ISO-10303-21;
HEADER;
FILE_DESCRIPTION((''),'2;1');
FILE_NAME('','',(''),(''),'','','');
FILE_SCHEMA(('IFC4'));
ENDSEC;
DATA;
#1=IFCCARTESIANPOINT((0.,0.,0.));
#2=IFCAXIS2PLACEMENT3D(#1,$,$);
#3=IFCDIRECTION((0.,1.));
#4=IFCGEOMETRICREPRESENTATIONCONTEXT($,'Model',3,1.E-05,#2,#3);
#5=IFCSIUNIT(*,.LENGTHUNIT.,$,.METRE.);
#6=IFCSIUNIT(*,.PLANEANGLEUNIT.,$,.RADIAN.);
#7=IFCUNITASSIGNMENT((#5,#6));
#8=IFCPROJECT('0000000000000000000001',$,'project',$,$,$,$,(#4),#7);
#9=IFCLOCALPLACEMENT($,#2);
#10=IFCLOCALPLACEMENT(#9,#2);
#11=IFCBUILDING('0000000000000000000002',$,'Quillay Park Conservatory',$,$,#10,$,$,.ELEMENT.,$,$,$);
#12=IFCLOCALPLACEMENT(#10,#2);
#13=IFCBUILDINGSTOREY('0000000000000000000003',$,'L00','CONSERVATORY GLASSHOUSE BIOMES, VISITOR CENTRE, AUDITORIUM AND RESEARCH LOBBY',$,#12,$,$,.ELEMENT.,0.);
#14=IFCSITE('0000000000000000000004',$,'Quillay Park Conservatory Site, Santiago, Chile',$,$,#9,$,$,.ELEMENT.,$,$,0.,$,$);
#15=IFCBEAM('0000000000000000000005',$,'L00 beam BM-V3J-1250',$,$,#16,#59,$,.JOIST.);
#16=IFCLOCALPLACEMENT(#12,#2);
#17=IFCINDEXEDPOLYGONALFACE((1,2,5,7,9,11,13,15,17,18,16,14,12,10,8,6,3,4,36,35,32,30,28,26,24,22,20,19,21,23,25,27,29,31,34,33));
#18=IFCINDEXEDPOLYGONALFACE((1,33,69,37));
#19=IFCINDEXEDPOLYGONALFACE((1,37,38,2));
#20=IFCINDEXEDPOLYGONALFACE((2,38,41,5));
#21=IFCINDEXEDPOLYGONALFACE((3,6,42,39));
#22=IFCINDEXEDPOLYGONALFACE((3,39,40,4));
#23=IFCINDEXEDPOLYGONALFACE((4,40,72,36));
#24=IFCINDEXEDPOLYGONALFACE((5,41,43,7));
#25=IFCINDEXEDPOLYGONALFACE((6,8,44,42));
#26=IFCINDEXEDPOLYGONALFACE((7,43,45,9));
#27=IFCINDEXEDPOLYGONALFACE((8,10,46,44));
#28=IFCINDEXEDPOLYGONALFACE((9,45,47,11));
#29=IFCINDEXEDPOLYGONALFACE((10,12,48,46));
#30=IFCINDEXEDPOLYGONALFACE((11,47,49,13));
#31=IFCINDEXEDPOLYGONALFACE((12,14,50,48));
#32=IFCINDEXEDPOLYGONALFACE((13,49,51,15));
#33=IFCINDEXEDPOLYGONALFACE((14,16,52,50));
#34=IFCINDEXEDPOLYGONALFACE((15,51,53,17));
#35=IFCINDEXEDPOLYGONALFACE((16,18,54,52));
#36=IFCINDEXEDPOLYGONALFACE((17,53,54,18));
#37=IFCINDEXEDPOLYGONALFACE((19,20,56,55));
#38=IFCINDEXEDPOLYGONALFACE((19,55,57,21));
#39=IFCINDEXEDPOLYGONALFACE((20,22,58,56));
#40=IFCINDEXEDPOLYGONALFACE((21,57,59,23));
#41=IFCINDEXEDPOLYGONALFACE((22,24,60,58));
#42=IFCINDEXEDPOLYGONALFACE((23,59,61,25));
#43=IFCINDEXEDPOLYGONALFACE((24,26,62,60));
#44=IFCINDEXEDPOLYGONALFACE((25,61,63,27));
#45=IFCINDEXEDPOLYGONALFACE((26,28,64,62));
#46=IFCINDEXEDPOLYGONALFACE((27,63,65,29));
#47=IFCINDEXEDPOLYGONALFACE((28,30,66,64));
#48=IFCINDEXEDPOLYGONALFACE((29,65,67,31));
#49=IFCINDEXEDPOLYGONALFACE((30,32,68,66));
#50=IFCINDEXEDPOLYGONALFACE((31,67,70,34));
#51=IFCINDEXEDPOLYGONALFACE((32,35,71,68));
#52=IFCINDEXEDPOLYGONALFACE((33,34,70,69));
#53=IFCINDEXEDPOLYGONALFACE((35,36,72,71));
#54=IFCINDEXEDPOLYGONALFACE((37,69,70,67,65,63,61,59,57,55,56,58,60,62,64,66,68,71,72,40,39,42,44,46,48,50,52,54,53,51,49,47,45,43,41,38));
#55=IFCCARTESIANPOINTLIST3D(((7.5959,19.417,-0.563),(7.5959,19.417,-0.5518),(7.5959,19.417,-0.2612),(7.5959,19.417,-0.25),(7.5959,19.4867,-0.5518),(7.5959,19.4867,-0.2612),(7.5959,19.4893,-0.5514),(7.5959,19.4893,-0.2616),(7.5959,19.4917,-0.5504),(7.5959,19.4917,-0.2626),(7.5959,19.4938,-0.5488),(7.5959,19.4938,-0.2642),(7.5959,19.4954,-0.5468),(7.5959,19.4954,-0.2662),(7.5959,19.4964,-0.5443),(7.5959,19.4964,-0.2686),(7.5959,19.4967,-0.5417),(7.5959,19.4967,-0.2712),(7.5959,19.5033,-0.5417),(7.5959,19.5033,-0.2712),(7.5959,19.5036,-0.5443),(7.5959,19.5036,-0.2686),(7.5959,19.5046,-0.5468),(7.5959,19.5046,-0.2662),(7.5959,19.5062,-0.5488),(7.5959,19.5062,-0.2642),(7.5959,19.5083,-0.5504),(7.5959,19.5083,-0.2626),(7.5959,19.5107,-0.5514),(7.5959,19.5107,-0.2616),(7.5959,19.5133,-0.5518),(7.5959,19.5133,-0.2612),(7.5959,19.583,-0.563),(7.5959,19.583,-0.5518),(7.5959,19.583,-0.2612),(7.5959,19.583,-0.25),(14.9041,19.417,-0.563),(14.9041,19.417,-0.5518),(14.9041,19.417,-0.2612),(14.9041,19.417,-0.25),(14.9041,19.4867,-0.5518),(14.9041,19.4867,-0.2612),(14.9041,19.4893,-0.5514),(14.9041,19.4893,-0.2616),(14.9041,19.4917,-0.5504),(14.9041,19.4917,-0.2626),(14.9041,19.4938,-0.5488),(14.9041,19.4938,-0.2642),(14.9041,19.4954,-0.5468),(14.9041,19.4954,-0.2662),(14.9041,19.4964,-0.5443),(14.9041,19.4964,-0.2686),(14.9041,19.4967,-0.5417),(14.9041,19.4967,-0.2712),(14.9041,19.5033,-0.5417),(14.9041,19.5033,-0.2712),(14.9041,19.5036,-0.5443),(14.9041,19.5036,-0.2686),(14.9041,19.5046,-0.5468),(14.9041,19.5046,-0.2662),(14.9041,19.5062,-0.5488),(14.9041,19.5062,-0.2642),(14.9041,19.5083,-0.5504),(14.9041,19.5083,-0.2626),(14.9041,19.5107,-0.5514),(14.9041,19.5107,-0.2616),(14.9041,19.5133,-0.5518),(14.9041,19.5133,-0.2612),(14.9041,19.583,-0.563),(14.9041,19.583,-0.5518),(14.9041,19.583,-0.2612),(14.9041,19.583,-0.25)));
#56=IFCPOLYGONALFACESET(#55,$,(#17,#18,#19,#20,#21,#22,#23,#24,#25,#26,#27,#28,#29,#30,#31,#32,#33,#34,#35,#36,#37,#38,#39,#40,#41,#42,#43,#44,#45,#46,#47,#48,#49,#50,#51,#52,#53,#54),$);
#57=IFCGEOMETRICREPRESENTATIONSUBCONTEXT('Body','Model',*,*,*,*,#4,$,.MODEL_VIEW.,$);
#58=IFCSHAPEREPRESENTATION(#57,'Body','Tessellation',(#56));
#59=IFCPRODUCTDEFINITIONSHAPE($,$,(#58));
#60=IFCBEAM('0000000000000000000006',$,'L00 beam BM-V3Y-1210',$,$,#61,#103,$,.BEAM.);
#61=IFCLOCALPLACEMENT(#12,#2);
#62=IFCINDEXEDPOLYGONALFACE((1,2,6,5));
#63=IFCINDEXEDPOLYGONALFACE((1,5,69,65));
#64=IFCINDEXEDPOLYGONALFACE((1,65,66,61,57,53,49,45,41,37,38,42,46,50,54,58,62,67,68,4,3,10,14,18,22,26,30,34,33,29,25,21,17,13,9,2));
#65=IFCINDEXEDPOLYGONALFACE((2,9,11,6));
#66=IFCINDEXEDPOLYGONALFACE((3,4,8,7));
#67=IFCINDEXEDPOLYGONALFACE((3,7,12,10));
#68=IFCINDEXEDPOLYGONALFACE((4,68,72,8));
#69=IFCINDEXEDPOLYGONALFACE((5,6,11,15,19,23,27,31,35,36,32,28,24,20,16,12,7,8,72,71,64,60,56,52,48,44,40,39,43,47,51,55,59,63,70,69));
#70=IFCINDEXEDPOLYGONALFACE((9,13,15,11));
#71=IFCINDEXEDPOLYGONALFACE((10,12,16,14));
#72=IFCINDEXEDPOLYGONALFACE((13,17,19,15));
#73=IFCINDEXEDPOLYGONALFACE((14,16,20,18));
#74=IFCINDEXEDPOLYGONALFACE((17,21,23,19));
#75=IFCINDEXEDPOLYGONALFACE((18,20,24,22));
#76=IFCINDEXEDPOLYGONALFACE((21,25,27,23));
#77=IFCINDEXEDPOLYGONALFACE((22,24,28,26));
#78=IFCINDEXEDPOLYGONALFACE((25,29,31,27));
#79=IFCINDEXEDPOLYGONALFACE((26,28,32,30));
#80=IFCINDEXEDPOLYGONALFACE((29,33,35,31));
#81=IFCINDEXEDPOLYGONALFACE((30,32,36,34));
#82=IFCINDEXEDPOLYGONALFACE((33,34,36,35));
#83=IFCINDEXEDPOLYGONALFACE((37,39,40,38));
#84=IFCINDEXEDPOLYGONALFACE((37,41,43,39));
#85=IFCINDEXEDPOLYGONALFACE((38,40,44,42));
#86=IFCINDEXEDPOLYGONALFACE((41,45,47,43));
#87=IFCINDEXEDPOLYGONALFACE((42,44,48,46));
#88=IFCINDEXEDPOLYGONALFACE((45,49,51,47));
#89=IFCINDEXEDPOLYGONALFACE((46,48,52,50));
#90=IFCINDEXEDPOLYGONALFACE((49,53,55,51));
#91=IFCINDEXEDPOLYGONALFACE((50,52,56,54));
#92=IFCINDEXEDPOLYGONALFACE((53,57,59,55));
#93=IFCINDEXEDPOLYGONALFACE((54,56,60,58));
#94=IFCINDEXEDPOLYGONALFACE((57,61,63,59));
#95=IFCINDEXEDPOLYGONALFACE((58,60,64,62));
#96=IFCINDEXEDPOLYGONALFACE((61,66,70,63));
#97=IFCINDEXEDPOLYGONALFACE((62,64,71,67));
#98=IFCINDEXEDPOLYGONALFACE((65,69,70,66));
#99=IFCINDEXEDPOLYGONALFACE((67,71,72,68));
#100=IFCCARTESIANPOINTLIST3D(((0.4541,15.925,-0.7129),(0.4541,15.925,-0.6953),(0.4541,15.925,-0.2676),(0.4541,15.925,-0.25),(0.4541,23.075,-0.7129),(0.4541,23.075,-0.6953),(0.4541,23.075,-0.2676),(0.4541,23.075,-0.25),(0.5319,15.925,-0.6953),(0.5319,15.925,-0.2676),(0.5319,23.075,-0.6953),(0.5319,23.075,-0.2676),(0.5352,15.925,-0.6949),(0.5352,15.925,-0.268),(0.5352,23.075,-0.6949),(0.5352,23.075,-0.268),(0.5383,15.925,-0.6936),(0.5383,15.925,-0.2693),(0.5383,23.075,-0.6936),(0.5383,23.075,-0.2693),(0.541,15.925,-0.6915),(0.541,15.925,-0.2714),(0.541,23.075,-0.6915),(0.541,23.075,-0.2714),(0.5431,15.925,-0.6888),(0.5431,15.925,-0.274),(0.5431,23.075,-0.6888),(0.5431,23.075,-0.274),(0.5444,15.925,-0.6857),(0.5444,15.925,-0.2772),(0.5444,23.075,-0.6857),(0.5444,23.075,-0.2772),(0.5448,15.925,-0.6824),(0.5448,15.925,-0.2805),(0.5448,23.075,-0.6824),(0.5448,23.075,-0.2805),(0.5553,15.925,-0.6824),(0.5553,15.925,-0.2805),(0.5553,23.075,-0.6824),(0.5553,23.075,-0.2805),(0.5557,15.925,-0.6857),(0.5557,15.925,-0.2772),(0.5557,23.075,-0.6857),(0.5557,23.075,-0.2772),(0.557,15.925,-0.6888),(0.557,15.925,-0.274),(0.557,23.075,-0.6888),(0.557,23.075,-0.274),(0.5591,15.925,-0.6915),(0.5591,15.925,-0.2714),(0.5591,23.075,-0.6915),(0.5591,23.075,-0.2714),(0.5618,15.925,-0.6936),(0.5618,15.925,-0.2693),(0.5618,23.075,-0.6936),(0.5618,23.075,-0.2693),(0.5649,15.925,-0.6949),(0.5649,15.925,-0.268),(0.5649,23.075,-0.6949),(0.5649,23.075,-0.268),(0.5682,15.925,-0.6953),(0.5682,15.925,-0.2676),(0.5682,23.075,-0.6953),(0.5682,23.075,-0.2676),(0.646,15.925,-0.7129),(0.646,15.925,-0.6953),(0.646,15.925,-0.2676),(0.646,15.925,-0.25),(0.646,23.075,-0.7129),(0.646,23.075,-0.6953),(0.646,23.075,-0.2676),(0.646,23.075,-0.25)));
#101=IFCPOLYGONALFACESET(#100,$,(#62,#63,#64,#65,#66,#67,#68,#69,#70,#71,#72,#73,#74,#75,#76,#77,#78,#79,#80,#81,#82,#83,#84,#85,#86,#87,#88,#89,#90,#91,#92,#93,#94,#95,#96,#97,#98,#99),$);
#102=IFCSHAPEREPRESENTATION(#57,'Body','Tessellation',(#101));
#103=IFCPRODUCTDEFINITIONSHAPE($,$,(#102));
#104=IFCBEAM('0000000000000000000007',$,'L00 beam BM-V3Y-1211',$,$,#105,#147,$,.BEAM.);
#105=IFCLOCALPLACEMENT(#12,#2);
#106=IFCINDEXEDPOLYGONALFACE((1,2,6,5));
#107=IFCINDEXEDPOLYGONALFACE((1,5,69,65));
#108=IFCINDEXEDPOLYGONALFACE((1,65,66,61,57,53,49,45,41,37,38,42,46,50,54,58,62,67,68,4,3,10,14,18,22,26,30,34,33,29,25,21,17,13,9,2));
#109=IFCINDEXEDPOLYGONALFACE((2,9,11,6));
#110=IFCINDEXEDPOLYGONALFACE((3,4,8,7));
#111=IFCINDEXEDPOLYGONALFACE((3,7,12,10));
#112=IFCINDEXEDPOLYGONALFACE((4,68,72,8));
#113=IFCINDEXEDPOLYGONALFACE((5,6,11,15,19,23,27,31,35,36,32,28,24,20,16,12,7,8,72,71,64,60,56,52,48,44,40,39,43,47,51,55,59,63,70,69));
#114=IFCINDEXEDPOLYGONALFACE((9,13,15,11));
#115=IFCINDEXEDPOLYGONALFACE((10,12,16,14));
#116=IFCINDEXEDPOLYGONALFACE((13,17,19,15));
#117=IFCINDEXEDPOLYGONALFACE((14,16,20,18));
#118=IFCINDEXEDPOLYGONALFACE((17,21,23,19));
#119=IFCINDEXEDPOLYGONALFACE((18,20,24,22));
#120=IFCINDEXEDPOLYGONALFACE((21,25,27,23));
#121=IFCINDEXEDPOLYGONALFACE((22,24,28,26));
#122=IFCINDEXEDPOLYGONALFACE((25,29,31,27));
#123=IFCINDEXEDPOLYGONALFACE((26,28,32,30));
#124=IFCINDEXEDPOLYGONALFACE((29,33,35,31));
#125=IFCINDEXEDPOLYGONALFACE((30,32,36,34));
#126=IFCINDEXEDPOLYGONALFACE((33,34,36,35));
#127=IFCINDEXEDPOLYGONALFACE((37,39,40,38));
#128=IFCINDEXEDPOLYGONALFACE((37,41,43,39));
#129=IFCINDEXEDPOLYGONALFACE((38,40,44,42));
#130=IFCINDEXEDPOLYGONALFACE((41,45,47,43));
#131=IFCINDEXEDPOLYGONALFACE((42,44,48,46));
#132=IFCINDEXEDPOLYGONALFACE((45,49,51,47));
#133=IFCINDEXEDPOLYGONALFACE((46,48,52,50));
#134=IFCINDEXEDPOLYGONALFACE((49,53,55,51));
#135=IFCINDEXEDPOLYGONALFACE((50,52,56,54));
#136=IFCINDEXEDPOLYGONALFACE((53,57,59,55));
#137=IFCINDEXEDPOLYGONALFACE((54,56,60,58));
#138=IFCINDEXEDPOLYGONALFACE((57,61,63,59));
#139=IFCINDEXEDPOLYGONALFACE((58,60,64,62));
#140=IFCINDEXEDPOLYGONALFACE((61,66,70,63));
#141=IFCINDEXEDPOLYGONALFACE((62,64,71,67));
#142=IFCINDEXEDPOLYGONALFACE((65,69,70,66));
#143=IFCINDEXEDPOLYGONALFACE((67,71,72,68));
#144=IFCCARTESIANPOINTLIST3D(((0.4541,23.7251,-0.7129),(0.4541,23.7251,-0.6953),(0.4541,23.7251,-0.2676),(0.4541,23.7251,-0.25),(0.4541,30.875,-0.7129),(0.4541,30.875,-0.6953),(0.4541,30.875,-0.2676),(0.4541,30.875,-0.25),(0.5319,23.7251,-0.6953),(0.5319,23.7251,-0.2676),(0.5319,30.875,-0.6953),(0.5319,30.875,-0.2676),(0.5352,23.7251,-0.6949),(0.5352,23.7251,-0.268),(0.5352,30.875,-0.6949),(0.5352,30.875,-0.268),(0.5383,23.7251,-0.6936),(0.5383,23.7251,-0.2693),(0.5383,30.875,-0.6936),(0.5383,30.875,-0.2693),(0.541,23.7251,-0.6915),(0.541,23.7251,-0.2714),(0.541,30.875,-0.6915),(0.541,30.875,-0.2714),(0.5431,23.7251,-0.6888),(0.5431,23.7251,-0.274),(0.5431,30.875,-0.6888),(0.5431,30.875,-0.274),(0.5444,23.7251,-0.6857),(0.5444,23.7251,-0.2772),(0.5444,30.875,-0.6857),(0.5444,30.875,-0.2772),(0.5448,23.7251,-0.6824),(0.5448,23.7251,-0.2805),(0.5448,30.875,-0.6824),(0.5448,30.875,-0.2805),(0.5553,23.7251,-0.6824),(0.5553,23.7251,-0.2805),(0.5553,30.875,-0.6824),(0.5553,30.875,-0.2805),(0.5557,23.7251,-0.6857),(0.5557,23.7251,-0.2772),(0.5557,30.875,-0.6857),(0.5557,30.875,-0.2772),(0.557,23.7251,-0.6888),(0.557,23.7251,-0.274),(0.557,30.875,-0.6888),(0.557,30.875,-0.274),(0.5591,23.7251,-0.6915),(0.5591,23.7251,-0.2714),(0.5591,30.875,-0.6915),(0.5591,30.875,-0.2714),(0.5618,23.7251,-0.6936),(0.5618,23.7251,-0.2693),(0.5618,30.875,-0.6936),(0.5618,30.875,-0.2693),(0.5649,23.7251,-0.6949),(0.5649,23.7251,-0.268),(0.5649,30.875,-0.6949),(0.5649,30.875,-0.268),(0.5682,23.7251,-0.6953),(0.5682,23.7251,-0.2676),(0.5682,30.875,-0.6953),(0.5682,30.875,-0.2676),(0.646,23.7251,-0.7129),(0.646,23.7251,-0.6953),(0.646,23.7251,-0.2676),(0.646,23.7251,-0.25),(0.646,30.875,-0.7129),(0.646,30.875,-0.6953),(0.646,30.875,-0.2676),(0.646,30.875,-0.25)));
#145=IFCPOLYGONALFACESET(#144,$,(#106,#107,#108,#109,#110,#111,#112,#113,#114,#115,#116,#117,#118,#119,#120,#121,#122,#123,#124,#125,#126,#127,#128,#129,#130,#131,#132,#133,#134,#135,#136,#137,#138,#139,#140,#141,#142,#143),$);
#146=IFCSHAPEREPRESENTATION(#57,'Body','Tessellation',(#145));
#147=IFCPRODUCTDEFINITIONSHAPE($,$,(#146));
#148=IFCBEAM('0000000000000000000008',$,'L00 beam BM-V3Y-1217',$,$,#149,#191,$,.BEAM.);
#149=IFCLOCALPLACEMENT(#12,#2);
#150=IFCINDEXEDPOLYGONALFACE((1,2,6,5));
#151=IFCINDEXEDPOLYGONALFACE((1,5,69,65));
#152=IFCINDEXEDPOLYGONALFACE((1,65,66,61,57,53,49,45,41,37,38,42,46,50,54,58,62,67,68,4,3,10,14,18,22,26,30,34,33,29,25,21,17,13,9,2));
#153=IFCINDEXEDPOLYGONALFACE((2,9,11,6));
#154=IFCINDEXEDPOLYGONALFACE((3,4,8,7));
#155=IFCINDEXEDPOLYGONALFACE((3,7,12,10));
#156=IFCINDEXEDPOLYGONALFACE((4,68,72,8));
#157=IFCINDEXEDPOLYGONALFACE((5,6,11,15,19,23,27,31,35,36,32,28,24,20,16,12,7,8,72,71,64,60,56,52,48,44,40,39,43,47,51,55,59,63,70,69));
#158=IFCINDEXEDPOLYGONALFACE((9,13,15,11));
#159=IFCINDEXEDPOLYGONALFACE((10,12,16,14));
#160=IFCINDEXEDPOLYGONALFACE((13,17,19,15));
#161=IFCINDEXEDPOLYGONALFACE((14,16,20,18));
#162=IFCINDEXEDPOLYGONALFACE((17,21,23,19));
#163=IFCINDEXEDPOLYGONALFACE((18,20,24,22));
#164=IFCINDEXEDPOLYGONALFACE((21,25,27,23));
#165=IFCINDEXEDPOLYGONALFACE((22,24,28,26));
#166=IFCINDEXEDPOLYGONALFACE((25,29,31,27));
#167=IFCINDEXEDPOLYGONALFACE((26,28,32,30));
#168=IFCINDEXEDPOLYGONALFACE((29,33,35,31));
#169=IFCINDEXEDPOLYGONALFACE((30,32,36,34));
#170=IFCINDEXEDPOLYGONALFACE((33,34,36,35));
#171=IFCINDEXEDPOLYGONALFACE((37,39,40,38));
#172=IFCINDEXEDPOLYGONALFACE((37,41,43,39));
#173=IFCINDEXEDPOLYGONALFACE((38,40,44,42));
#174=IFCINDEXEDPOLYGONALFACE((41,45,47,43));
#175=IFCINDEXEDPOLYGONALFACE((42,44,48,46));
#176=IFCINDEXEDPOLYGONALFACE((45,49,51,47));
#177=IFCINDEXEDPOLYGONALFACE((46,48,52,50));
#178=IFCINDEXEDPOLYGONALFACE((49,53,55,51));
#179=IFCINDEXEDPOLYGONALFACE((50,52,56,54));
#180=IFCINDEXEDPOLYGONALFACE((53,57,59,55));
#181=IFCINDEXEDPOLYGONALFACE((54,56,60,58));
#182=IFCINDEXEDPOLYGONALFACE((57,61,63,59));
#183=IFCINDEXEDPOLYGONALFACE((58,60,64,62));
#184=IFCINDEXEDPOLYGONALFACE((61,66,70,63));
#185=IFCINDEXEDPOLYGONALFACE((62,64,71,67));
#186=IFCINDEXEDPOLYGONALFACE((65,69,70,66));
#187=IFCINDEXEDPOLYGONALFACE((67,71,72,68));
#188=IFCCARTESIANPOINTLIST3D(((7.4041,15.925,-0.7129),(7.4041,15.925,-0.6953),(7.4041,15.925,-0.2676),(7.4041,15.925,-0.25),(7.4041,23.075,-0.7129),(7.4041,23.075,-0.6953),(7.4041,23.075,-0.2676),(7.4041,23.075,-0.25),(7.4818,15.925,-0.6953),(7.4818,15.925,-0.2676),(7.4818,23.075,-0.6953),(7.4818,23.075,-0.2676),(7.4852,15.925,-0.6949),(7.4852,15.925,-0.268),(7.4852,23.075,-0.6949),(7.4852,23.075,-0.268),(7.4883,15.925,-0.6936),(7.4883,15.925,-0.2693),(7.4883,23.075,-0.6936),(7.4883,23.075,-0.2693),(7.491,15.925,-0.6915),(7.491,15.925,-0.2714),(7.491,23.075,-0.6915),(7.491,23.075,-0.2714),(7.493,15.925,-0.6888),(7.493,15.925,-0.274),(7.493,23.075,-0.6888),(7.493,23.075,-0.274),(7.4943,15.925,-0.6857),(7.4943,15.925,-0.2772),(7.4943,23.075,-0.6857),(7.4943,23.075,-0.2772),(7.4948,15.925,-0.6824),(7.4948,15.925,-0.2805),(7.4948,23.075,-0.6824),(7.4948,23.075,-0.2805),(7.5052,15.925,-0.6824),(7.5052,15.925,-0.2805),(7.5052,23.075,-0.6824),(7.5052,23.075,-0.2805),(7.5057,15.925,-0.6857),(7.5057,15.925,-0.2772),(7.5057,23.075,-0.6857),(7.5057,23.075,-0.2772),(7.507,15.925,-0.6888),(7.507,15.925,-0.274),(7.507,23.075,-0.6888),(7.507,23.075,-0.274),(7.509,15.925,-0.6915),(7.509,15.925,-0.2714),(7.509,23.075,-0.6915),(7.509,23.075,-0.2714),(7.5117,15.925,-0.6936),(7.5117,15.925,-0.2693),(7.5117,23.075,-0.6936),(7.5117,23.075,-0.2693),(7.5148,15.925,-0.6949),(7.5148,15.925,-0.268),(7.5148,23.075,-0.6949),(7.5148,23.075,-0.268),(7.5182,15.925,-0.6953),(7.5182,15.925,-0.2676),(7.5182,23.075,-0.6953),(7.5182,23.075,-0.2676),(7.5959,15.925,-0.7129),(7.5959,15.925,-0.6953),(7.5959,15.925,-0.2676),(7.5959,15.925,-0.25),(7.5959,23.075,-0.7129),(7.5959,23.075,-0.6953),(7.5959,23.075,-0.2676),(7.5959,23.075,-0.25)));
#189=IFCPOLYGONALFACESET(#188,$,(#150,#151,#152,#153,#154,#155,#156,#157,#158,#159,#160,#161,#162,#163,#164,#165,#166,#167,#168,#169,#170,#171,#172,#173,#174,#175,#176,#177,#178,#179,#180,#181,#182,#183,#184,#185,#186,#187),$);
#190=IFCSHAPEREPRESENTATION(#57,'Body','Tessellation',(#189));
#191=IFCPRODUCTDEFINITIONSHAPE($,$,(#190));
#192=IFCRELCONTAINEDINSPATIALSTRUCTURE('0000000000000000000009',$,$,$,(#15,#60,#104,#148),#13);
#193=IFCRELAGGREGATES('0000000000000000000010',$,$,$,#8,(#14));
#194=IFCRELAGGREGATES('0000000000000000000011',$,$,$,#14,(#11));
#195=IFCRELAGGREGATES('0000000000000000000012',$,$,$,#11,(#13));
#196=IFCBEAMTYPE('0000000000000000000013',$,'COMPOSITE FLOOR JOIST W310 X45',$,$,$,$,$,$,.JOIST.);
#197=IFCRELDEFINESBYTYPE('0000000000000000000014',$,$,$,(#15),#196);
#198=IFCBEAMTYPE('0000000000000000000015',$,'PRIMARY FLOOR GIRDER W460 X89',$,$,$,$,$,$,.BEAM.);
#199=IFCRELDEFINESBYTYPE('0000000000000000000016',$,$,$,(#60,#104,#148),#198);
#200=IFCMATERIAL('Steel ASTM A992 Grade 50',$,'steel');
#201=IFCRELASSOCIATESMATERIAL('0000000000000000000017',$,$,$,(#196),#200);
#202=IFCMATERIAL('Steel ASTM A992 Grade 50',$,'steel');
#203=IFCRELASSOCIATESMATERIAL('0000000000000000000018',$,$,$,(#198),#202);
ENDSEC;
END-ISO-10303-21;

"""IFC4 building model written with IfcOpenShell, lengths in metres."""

from ifc_helpers import new_model, si_unit, direction, frame, origin, origin_2d, place, context, subcontext, project, spatial, i_section, extrude, material, material_profile, profile_set, type_object, element, save


model = new_model("IFC4")

# Units and contexts
model_context = context("Model", 3, precision=1e-05, world=origin(), true_north=direction((0.0, 1.0)))
body_context = subcontext(model_context, "Body", "Model", "MODEL_VIEW")
ifc_project = project(units=[si_unit("LENGTHUNIT", "METRE"), si_unit("PLANEANGLEUNIT", "RADIAN")], contexts=[model_context])

# Site, building, storey
site_placement = place(None, origin())
site = spatial("IfcSite", under=ifc_project, at=site_placement, Name="Quillay Park Conservatory Site, Santiago, Chile", CompositionType="ELEMENT", RefElevation=0.0)
building_placement = place(site_placement, origin())
building = spatial("IfcBuilding", under=site, at=building_placement, Name="Quillay Park Conservatory", CompositionType="ELEMENT")
storey_placement = place(building_placement, origin())
storey = spatial("IfcBuildingStorey", under=building, at=storey_placement, Name="L00", Description="CONSERVATORY GLASSHOUSE BIOMES, VISITOR CENTRE, AUDITORIUM AND RESEARCH LOBBY", CompositionType="ELEMENT", Elevation=0.0)

# Beams
ifc_material_1 = material(Name="Steel ASTM A992 Grade 50", Category="steel")
ifc_material_profile_1 = material_profile(ifc_material_1, i_section(OverallWidth=0.166, OverallDepth=0.313, WebThickness=0.0066, FlangeThickness=0.0112, FilletRadius=0.01, at=origin_2d()), Name="W310x45")
ifc_profile_set_1 = profile_set([ifc_material_profile_1], Name="Steel ASTM A992 Grade 50")
beam_type_1 = type_object("IfcBeamType", Name="COMPOSITE FLOOR JOIST W310 X45", PredefinedType="JOIST", material=ifc_profile_set_1)
beam_1_placement = place(storey_placement, frame((7.5959, 19.5, -0.4065), z_axis=(1.0, 0.0, 0.0), x_axis=(0.0, 1.0, 0.0)))
element("IfcBeam", 1, at=beam_1_placement, inside=storey, type_object=beam_type_1, Name="L00 beam BM-V3J-1250", PredefinedType="JOIST", context=body_context, shape_type="SweptSolid", body=[
    extrude(i_section(OverallWidth=0.166, OverallDepth=0.313, WebThickness=0.0066, FlangeThickness=0.0112, FilletRadius=0.01, at=origin_2d()), origin(), (0.0, 0.0, 1.0), 7.3081),
])
ifc_material_2 = material(Name="Steel ASTM A992 Grade 50", Category="steel")
ifc_material_profile_2 = material_profile(ifc_material_2, i_section(OverallWidth=0.1919, OverallDepth=0.4629, WebThickness=0.0105, FlangeThickness=0.0176, FilletRadius=0.0129, at=origin_2d()), Name="W460x89")
ifc_profile_set_2 = profile_set([ifc_material_profile_2], Name="Steel ASTM A992 Grade 50")
beam_type_2 = type_object("IfcBeamType", Name="PRIMARY FLOOR GIRDER W460 X89", PredefinedType="BEAM", material=ifc_profile_set_2)
for number, where, z_axis, x_axis, name in (
    (2, (0.55, 15.925, -0.4814), (0.0, 1.0, 0.0), (-1.0, 0.0, 0.0), "L00 beam BM-V3Y-1210"),
    (3, (0.55, 23.7251, -0.4814), (0.0, 1.0, 0.0), (-1.0, 0.0, 0.0), "L00 beam BM-V3Y-1211"),
    (4, (7.5, 15.925, -0.4814), (0.0, 1.0, 0.0), (-1.0, 0.0, 0.0), "L00 beam BM-V3Y-1217"),
):
    element("IfcBeam", number, at=place(storey_placement, frame(where, z_axis=z_axis, x_axis=x_axis)), inside=storey, type_object=beam_type_2, Name=name, PredefinedType="BEAM", context=body_context, shape_type="SweptSolid", body=[
        extrude(i_section(OverallWidth=0.1919, OverallDepth=0.4629, WebThickness=0.0105, FlangeThickness=0.0176, FilletRadius=0.0129, at=origin_2d()), origin(), (0.0, 0.0, 1.0), 7.1499),
    ])

save(model, "model.ifc")
